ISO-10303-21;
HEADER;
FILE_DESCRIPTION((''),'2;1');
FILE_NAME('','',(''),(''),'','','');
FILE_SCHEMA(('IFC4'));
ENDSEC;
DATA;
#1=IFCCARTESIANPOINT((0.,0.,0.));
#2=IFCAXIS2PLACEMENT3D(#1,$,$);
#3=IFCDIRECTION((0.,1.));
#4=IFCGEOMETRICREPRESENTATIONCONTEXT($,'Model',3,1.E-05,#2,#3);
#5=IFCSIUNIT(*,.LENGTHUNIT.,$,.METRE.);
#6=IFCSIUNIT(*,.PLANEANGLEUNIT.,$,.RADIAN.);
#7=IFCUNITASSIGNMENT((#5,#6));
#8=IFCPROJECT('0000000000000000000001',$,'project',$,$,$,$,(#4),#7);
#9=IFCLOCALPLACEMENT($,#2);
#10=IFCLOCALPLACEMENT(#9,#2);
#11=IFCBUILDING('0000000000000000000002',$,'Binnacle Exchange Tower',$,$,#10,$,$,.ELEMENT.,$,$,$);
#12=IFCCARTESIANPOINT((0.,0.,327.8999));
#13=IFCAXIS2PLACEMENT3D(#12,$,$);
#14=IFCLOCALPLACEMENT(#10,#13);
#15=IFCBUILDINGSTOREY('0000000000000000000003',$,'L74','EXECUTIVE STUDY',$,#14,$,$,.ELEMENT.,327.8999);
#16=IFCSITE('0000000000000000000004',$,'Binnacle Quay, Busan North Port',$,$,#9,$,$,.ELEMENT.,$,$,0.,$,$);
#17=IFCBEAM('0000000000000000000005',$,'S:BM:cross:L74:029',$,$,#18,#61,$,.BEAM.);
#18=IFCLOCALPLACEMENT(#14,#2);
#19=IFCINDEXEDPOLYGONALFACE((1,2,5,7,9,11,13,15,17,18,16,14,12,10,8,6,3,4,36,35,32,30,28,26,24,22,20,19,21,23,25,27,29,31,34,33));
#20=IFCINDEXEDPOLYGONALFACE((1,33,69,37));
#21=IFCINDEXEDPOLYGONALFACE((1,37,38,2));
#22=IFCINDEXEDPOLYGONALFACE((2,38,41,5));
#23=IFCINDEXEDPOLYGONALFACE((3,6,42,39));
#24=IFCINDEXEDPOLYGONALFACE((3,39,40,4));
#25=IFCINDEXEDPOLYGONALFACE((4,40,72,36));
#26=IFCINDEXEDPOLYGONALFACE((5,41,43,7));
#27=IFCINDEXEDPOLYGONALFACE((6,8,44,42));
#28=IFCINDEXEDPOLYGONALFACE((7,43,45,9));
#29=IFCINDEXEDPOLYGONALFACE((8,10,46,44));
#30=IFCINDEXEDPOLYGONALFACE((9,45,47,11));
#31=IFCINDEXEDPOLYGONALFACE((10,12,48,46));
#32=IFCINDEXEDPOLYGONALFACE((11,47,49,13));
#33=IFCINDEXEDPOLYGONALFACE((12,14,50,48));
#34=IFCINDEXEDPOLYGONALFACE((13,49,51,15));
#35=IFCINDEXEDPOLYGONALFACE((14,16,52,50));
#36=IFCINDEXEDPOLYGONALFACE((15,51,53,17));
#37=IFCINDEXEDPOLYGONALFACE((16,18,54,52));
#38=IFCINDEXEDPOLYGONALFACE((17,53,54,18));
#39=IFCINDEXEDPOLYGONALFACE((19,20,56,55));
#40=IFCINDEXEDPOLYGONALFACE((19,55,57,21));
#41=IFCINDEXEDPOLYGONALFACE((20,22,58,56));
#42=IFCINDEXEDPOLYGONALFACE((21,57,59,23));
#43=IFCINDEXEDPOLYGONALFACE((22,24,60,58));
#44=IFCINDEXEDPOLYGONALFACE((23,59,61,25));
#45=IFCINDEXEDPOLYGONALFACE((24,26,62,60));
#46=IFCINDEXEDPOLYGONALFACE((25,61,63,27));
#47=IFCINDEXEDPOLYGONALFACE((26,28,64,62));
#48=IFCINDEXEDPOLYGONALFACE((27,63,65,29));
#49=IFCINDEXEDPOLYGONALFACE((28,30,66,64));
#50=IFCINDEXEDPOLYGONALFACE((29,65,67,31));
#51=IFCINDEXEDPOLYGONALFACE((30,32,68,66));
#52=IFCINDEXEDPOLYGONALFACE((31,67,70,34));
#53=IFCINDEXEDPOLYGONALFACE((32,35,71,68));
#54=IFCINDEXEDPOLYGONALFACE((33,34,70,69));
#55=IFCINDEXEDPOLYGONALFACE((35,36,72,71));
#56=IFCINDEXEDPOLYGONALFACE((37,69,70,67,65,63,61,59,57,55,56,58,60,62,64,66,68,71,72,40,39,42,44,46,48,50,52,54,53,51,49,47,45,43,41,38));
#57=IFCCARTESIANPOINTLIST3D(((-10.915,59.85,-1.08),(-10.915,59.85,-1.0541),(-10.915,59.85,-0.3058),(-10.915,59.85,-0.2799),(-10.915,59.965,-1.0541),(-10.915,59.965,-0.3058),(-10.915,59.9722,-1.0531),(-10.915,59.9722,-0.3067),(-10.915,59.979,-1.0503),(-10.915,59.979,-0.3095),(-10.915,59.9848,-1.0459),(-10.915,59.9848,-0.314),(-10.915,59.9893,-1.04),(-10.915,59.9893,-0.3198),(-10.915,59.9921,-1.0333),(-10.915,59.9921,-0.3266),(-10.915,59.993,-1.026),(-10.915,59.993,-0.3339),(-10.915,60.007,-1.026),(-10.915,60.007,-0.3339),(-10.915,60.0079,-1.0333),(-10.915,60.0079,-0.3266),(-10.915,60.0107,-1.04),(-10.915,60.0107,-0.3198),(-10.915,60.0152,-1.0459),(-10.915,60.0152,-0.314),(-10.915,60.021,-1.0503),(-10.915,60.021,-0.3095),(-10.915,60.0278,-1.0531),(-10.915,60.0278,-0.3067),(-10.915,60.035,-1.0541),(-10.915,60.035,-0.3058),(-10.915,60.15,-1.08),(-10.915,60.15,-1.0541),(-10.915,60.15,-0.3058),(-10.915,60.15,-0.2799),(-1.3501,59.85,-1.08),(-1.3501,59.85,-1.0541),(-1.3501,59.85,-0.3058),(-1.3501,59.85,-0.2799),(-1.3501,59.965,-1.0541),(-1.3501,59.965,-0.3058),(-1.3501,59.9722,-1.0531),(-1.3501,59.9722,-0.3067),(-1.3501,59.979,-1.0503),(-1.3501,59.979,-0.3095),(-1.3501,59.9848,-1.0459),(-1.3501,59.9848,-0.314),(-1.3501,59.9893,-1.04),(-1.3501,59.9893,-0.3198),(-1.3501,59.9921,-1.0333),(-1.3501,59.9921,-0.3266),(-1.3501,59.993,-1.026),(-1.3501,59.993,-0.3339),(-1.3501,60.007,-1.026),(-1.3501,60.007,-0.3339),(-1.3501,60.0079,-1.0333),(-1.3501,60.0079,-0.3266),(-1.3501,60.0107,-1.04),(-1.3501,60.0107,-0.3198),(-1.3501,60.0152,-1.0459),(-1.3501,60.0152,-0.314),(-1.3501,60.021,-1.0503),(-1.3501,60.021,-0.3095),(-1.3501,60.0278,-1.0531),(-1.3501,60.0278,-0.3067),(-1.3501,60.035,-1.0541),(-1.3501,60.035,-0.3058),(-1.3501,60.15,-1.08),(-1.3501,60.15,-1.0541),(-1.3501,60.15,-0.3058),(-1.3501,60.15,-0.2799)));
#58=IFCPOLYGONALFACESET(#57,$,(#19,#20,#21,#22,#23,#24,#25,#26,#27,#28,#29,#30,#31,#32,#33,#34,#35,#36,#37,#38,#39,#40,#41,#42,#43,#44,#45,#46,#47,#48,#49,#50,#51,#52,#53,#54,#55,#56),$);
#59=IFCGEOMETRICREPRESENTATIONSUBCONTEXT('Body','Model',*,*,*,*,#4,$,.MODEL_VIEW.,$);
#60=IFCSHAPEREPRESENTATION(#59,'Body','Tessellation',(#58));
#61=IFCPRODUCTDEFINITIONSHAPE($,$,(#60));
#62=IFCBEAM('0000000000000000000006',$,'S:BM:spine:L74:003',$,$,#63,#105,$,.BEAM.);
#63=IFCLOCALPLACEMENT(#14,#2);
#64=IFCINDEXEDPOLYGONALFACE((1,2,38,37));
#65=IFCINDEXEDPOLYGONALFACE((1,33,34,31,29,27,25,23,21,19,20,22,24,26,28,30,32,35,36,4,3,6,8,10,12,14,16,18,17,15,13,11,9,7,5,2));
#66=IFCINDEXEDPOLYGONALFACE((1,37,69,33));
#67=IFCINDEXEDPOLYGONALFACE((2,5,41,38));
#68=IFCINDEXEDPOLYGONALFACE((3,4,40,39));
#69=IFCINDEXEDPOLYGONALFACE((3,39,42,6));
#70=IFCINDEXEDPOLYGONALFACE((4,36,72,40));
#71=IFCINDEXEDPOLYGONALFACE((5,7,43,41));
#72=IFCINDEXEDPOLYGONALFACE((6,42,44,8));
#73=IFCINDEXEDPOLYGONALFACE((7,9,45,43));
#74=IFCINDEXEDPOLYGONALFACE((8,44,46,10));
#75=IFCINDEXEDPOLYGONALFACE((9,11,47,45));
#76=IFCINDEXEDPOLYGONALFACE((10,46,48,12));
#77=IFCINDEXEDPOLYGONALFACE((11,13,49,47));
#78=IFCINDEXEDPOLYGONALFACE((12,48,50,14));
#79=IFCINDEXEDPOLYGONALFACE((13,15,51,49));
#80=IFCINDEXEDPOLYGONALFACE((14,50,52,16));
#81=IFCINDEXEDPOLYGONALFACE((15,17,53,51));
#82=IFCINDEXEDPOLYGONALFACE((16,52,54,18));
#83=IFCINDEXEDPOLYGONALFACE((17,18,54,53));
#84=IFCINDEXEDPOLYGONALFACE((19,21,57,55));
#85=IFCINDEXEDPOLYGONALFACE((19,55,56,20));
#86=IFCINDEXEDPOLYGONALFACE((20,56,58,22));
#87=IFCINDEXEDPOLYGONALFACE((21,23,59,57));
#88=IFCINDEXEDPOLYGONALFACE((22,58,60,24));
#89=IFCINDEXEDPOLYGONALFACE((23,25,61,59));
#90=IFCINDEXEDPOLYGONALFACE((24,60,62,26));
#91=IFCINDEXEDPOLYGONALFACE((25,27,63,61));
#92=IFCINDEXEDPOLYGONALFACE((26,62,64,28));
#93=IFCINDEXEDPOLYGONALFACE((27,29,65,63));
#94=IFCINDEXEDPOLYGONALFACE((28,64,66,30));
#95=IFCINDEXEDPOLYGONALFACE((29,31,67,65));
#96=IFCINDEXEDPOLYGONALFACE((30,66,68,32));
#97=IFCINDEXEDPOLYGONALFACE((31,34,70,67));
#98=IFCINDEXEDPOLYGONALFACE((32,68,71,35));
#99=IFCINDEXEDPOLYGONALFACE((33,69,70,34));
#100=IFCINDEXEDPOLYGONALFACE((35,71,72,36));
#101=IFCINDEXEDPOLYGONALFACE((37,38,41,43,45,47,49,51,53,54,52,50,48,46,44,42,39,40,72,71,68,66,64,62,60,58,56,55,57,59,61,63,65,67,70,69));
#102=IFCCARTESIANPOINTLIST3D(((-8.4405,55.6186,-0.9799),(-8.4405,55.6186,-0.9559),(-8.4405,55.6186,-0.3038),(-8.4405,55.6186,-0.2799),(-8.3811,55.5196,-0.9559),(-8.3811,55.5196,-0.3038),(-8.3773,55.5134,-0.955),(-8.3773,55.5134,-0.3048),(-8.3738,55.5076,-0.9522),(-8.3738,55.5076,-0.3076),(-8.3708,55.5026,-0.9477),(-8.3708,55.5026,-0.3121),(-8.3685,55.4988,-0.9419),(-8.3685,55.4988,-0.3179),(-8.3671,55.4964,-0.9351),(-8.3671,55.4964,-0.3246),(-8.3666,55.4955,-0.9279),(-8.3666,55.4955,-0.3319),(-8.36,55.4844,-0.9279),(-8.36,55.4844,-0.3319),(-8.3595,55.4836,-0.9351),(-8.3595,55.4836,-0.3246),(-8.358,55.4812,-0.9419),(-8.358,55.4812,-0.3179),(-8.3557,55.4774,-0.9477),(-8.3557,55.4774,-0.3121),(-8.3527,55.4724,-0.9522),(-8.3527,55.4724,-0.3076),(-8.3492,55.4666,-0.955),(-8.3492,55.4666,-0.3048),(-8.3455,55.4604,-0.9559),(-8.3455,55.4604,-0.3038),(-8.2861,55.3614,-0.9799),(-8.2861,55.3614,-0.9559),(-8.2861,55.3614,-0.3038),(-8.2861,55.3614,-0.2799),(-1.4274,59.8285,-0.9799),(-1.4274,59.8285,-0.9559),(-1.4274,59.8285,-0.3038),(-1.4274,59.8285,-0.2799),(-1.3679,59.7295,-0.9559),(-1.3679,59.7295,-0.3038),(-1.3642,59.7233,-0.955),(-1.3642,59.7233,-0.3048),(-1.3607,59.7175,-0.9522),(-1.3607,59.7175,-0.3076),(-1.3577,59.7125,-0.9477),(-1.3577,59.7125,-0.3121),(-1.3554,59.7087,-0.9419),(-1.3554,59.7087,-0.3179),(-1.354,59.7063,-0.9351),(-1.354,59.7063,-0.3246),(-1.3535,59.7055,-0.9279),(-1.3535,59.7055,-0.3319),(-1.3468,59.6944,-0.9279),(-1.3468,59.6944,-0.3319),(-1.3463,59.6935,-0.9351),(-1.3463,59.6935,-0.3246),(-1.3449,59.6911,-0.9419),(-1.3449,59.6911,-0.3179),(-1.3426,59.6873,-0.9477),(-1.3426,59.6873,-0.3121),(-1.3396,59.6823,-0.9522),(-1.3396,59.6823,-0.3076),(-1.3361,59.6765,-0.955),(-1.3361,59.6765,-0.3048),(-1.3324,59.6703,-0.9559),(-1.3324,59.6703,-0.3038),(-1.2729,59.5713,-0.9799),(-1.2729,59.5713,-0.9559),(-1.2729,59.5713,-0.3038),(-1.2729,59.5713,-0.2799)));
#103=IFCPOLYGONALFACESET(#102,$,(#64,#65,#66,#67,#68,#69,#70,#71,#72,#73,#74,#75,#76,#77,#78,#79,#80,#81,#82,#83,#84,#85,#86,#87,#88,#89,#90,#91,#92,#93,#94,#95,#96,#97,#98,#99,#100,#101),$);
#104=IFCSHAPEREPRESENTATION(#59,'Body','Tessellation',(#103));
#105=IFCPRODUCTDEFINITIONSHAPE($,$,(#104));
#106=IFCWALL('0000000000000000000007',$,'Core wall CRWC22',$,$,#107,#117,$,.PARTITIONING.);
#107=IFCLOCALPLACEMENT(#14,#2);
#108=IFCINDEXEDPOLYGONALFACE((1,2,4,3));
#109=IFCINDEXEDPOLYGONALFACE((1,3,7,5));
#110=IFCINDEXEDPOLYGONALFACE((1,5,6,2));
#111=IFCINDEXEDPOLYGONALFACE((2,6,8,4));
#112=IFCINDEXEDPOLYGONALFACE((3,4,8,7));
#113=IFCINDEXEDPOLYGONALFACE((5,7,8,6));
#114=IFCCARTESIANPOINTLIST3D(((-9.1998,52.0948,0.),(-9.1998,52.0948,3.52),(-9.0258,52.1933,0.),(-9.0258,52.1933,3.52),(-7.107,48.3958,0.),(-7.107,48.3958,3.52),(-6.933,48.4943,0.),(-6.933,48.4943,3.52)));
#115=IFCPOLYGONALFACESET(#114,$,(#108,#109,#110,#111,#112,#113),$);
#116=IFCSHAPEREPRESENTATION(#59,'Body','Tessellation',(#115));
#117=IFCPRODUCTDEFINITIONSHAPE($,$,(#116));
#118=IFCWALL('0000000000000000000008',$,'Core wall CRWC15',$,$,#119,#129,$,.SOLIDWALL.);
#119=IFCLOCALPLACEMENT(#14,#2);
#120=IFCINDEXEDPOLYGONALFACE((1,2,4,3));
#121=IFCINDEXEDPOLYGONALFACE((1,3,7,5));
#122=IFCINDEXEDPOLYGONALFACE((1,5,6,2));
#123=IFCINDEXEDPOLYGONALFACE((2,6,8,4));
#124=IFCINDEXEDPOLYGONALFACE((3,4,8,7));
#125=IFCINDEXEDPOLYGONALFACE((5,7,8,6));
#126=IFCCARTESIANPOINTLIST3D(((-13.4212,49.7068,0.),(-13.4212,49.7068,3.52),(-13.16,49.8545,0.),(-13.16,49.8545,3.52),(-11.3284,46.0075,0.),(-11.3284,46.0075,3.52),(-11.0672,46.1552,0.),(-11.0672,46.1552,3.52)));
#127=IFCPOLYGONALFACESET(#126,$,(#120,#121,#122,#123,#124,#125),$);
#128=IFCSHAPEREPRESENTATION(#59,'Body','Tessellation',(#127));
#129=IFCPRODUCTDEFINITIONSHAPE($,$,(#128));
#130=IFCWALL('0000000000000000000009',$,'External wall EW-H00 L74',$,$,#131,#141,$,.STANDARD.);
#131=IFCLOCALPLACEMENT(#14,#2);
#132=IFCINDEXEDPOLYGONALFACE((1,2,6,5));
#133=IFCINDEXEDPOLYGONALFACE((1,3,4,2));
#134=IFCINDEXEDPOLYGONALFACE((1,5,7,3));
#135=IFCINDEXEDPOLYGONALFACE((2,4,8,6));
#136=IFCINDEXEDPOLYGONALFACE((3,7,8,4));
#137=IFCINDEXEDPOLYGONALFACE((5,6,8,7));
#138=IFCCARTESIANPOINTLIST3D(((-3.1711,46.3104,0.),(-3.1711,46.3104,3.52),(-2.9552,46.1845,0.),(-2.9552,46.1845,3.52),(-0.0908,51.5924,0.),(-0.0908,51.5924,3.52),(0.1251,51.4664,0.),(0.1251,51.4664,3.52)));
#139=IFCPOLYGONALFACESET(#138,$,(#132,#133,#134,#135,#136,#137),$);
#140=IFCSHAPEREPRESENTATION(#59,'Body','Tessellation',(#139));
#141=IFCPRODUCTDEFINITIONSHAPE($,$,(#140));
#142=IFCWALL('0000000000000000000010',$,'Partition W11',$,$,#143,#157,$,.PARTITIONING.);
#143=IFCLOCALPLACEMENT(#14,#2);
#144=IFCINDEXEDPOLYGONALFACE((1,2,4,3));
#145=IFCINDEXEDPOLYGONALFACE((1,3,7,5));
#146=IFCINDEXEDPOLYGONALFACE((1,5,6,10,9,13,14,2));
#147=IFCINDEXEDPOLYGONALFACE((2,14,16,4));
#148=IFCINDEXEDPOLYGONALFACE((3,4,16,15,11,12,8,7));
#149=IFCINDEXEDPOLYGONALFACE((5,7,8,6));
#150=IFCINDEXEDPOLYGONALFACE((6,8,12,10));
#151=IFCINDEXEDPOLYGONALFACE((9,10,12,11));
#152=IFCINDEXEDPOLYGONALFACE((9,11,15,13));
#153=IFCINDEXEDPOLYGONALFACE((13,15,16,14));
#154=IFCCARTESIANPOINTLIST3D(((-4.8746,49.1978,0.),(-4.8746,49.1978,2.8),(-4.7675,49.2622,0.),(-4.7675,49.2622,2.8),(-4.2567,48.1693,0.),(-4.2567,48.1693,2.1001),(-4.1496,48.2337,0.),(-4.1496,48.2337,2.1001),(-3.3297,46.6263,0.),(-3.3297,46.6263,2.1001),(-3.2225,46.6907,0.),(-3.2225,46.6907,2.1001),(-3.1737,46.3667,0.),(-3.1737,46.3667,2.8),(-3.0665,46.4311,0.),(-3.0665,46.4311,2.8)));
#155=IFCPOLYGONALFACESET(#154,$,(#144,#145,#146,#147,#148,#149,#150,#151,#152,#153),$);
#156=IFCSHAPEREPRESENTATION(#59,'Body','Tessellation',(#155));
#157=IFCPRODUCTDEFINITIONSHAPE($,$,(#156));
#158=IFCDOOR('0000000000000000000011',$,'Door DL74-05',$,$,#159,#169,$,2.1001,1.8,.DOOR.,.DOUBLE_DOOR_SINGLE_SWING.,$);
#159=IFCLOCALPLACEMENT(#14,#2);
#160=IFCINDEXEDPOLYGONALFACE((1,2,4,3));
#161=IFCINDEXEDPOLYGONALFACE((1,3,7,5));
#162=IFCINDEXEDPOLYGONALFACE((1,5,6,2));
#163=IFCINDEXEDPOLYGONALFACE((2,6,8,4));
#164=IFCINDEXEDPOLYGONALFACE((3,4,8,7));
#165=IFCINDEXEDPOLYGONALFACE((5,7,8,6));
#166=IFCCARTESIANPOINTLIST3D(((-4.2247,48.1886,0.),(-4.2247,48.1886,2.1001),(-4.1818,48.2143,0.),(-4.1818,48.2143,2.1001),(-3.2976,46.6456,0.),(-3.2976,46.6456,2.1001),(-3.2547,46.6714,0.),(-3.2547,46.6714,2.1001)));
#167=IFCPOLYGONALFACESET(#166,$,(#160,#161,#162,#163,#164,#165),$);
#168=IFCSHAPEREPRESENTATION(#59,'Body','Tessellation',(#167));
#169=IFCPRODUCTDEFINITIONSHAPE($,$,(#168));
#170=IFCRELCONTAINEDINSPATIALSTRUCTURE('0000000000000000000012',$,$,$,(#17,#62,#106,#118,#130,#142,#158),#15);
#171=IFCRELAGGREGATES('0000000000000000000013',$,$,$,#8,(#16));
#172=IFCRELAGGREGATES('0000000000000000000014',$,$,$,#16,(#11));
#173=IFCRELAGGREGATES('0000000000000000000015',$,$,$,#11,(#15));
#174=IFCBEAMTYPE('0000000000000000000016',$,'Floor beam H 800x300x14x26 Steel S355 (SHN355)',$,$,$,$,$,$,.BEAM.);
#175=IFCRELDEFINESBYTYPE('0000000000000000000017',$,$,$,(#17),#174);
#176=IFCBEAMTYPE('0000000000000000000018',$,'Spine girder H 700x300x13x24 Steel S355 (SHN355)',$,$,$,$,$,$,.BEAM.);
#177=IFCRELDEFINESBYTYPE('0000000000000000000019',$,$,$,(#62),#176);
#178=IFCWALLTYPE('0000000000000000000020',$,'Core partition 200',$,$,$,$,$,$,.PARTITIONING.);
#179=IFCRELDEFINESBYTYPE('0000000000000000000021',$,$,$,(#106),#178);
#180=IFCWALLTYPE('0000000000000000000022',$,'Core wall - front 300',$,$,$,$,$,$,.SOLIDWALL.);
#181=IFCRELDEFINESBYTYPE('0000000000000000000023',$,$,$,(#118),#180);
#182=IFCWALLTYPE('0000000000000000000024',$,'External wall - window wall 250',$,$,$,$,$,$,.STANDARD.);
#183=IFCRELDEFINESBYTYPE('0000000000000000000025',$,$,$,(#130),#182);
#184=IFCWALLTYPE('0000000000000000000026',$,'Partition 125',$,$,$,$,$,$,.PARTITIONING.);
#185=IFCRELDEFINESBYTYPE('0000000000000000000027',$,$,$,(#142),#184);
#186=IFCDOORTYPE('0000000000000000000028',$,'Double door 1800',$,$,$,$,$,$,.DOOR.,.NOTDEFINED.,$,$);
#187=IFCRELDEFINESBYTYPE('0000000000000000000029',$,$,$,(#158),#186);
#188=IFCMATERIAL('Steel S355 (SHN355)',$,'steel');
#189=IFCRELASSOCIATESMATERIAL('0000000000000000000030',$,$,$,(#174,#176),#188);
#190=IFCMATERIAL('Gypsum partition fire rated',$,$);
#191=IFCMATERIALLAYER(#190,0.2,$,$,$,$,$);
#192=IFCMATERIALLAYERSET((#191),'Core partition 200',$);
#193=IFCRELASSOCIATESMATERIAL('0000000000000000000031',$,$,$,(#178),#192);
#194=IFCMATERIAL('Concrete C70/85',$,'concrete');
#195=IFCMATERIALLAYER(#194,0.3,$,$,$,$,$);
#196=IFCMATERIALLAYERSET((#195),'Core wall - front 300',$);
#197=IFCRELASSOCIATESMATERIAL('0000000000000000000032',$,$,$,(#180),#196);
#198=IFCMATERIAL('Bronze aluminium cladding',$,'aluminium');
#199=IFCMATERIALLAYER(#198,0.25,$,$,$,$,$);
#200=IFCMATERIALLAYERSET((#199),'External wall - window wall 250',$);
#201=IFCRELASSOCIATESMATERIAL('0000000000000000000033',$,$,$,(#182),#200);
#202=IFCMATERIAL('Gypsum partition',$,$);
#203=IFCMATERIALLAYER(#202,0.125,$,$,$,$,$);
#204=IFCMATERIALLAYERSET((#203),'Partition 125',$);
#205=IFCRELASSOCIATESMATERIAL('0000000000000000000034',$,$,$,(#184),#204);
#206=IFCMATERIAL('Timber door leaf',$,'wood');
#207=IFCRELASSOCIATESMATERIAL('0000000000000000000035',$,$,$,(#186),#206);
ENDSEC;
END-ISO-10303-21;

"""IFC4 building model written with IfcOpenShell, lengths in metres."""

from ifc_helpers import new_model, si_unit, direction, frame, frame_2d, origin, origin_2d, place, context, subcontext, project, spatial, rectangle, i_section, extrude, material, layer, layer_set, material_profile, profile_set, type_object, element, fill, save


model = new_model("IFC4")

# Units and contexts
model_context = context("Model", 3, precision=1e-05, world=origin(), true_north=direction((0.0, 1.0)))
body_context = subcontext(model_context, "Body", "Model", "MODEL_VIEW")
ifc_project = project(units=[si_unit("LENGTHUNIT", "METRE"), si_unit("PLANEANGLEUNIT", "RADIAN")], contexts=[model_context])

# Site, building, storey
site_placement = place(None, origin())
site = spatial("IfcSite", under=ifc_project, at=site_placement, Name="Binnacle Quay, Busan North Port", CompositionType="ELEMENT", RefElevation=0.0)
building_placement = place(site_placement, origin())
building = spatial("IfcBuilding", under=site, at=building_placement, Name="Binnacle Exchange Tower", CompositionType="ELEMENT")
storey_placement = place(building_placement, frame((0.0, 0.0, 327.8999)))
storey = spatial("IfcBuildingStorey", under=building, at=storey_placement, Name="L74", Description="EXECUTIVE STUDY", CompositionType="ELEMENT", Elevation=327.8999)

# Beams
ifc_material_1 = material(Name="Steel S355 (SHN355)", Category="steel")
ifc_material_profile_1 = material_profile(ifc_material_1, i_section(OverallWidth=0.3, OverallDepth=0.8, WebThickness=0.0139, FlangeThickness=0.0259, FilletRadius=0.0281, at=origin_2d()), Name="H 800x300x14x26")
ifc_profile_set_1 = profile_set([ifc_material_profile_1], Name="Steel S355 (SHN355)")
beam_type_1 = type_object("IfcBeamType", Name="Floor beam H 800x300x14x26 Steel S355 (SHN355)", PredefinedType="BEAM", material=ifc_profile_set_1)
beam_1_placement = place(storey_placement, frame((-1.3501, 60.0, -0.6799), z_axis=(-1.0, 0.0, 0.0), x_axis=(0.0, -1.0, 0.0)))
element("IfcBeam", 1, at=beam_1_placement, inside=storey, type_object=beam_type_1, Name="S:BM:cross:L74:029", PredefinedType="BEAM", context=body_context, shape_type="SweptSolid", body=[
    extrude(i_section(OverallWidth=0.3, OverallDepth=0.8, WebThickness=0.0139, FlangeThickness=0.0259, FilletRadius=0.0281, at=origin_2d()), origin(), (0.0, 0.0, 1.0), 9.5649),
])
ifc_material_profile_2 = material_profile(ifc_material_1, i_section(OverallWidth=0.3, OverallDepth=0.7, WebThickness=0.0129, FlangeThickness=0.0239, FilletRadius=0.0281, at=origin_2d()), Name="H 700x300x13x24")
ifc_profile_set_2 = profile_set([ifc_material_profile_2], Name="Steel S355 (SHN355)")
beam_type_2 = type_object("IfcBeamType", Name="Spine girder H 700x300x13x24 Steel S355 (SHN355)", PredefinedType="BEAM", material=ifc_profile_set_2)
beam_2_placement = place(storey_placement, frame((-8.3633, 55.49, -0.6299), z_axis=(0.857382, 0.51468, 0.0), x_axis=(-0.51468, 0.857382, 0.0)))
element("IfcBeam", 2, at=beam_2_placement, inside=storey, type_object=beam_type_2, Name="S:BM:spine:L74:003", PredefinedType="BEAM", context=body_context, shape_type="SweptSolid", body=[
    extrude(i_section(OverallWidth=0.3, OverallDepth=0.7, WebThickness=0.0129, FlangeThickness=0.0239, FilletRadius=0.0281, at=origin_2d()), origin(), (0.0, 0.0, 1.0), 8.1797),
])

# Walls
ifc_material_2 = material(Name="Gypsum partition fire rated")
ifc_layer_1 = layer(ifc_material_2, 0.2)
ifc_layer_set_1 = layer_set([ifc_layer_1], Name="Core partition 200")
wall_type_1 = type_object("IfcWallType", Name="Core partition 200", PredefinedType="PARTITIONING", material=ifc_layer_set_1)
wall_1_placement = place(storey_placement, frame((-9.1128, 52.144, 0.0), z_axis=(0.0, 0.0, 1.0), x_axis=(0.492423, -0.870356, 0.0)))
element("IfcWall", 3, at=wall_1_placement, inside=storey, type_object=wall_type_1, Name="Core wall CRWC22", PredefinedType="PARTITIONING", context=body_context, shape_type="SweptSolid", body=[
    extrude(rectangle(XDim=4.25, YDim=0.2, at=frame_2d((2.125, 0.0))), origin(), (0.0, 0.0, 1.0), 3.52),
])
ifc_material_3 = material(Name="Concrete C70/85", Category="concrete")
ifc_layer_2 = layer(ifc_material_3, 0.3)
ifc_layer_set_2 = layer_set([ifc_layer_2], Name="Core wall - front 300")
wall_type_2 = type_object("IfcWallType", Name="Core wall - front 300", PredefinedType="SOLIDWALL", material=ifc_layer_set_2)
wall_2_placement = place(storey_placement, frame((-13.2905, 49.7805, 0.0), z_axis=(0.0, 0.0, 1.0), x_axis=(0.492398, -0.87037, 0.0)))
element("IfcWall", 4, at=wall_2_placement, inside=storey, type_object=wall_type_2, Name="Core wall CRWC15", PredefinedType="SOLIDWALL", context=body_context, shape_type="SweptSolid", body=[
    extrude(rectangle(XDim=4.2502, YDim=0.3, at=frame_2d((2.125, 0.0))), origin(), (0.0, 0.0, 1.0), 3.52),
])
ifc_material_4 = material(Name="Bronze aluminium cladding", Category="aluminium")
ifc_layer_3 = layer(ifc_material_4, 0.25)
ifc_layer_set_3 = layer_set([ifc_layer_3], Name="External wall - window wall 250")
wall_type_3 = type_object("IfcWallType", Name="External wall - window wall 250", PredefinedType="STANDARD", material=ifc_layer_set_3)
wall_3_placement = place(storey_placement, frame((0.0171, 51.5293, 0.0), z_axis=(0.0, 0.0, 1.0), x_axis=(-0.503769, -0.863838, 0.0)))
element("IfcWall", 5, at=wall_3_placement, inside=storey, type_object=wall_type_3, Name="External wall EW-H00 L74", PredefinedType="STANDARD", context=body_context, shape_type="SweptSolid", body=[
    extrude(rectangle(XDim=6.1145, YDim=0.25, at=frame_2d((3.0571, 0.0))), origin(), (0.0, 0.0, 1.0), 3.52),
])

# Wall, opening, door
ifc_material_5 = material(Name="Gypsum partition")
ifc_layer_4 = layer(ifc_material_5, 0.125)
ifc_layer_set_4 = layer_set([ifc_layer_4], Name="Partition 125")
wall_type_4 = type_object("IfcWallType", Name="Partition 125", PredefinedType="PARTITIONING", material=ifc_layer_set_4)
wall_4_placement = place(storey_placement, frame((-4.821, 49.23, 0.0), z_axis=(0.0, 0.0, 1.0), x_axis=(0.515007, -0.857186, 0.0)))
wall_4 = element("IfcWall", 6, at=wall_4_placement, inside=storey, type_object=wall_type_4, Name="Partition W11", PredefinedType="PARTITIONING", context=body_context, shape_type="SweptSolid", body=[
    extrude(rectangle(XDim=3.3027, YDim=0.125, at=frame_2d((1.6514, 0.0))), origin(), (0.0, 0.0, 1.0), 2.8),
])
opening_1_placement = place(wall_4_placement, frame((1.2, 0.0, 0.0)))
opening_1 = element("IfcOpeningElement", 7, at=opening_1_placement, cuts=wall_4, PredefinedType="OPENING", context=body_context, shape_type="SweptSolid", body=[
    extrude(rectangle(XDim=1.8, YDim=2.1001, at=frame_2d((0.8999, 1.05))), frame((0.0, 0.0725, 0.0), z_axis=(0.0, -1.0, 0.0), x_axis=(1.0, 0.0, 0.0)), (0.0, 0.0, 1.0), 0.145),
])
ifc_material_6 = material(Name="Timber door leaf", Category="wood")
door_type_1 = type_object("IfcDoorType", Name="Double door 1800", OperationType="NOTDEFINED", PredefinedType="DOOR", material=ifc_material_6)
door_1_placement = place(opening_1_placement, origin())
door_1 = element("IfcDoor", 8, at=door_1_placement, inside=storey, type_object=door_type_1, Name="Door DL74-05", OperationType="DOUBLE_DOOR_SINGLE_SWING", OverallHeight=2.1001, OverallWidth=1.8, PredefinedType="DOOR", context=body_context, shape_type="SweptSolid", body=[
    extrude(rectangle(XDim=1.8, YDim=2.1001, at=frame_2d((0.8999, 1.05))), frame((0.0, 0.0249, 0.0), z_axis=(0.0, -1.0, 0.0), x_axis=(1.0, 0.0, 0.0)), (0.0, 0.0, 1.0), 0.05),
])
fill(opening_1, door_1)

save(model, "model.ifc")
